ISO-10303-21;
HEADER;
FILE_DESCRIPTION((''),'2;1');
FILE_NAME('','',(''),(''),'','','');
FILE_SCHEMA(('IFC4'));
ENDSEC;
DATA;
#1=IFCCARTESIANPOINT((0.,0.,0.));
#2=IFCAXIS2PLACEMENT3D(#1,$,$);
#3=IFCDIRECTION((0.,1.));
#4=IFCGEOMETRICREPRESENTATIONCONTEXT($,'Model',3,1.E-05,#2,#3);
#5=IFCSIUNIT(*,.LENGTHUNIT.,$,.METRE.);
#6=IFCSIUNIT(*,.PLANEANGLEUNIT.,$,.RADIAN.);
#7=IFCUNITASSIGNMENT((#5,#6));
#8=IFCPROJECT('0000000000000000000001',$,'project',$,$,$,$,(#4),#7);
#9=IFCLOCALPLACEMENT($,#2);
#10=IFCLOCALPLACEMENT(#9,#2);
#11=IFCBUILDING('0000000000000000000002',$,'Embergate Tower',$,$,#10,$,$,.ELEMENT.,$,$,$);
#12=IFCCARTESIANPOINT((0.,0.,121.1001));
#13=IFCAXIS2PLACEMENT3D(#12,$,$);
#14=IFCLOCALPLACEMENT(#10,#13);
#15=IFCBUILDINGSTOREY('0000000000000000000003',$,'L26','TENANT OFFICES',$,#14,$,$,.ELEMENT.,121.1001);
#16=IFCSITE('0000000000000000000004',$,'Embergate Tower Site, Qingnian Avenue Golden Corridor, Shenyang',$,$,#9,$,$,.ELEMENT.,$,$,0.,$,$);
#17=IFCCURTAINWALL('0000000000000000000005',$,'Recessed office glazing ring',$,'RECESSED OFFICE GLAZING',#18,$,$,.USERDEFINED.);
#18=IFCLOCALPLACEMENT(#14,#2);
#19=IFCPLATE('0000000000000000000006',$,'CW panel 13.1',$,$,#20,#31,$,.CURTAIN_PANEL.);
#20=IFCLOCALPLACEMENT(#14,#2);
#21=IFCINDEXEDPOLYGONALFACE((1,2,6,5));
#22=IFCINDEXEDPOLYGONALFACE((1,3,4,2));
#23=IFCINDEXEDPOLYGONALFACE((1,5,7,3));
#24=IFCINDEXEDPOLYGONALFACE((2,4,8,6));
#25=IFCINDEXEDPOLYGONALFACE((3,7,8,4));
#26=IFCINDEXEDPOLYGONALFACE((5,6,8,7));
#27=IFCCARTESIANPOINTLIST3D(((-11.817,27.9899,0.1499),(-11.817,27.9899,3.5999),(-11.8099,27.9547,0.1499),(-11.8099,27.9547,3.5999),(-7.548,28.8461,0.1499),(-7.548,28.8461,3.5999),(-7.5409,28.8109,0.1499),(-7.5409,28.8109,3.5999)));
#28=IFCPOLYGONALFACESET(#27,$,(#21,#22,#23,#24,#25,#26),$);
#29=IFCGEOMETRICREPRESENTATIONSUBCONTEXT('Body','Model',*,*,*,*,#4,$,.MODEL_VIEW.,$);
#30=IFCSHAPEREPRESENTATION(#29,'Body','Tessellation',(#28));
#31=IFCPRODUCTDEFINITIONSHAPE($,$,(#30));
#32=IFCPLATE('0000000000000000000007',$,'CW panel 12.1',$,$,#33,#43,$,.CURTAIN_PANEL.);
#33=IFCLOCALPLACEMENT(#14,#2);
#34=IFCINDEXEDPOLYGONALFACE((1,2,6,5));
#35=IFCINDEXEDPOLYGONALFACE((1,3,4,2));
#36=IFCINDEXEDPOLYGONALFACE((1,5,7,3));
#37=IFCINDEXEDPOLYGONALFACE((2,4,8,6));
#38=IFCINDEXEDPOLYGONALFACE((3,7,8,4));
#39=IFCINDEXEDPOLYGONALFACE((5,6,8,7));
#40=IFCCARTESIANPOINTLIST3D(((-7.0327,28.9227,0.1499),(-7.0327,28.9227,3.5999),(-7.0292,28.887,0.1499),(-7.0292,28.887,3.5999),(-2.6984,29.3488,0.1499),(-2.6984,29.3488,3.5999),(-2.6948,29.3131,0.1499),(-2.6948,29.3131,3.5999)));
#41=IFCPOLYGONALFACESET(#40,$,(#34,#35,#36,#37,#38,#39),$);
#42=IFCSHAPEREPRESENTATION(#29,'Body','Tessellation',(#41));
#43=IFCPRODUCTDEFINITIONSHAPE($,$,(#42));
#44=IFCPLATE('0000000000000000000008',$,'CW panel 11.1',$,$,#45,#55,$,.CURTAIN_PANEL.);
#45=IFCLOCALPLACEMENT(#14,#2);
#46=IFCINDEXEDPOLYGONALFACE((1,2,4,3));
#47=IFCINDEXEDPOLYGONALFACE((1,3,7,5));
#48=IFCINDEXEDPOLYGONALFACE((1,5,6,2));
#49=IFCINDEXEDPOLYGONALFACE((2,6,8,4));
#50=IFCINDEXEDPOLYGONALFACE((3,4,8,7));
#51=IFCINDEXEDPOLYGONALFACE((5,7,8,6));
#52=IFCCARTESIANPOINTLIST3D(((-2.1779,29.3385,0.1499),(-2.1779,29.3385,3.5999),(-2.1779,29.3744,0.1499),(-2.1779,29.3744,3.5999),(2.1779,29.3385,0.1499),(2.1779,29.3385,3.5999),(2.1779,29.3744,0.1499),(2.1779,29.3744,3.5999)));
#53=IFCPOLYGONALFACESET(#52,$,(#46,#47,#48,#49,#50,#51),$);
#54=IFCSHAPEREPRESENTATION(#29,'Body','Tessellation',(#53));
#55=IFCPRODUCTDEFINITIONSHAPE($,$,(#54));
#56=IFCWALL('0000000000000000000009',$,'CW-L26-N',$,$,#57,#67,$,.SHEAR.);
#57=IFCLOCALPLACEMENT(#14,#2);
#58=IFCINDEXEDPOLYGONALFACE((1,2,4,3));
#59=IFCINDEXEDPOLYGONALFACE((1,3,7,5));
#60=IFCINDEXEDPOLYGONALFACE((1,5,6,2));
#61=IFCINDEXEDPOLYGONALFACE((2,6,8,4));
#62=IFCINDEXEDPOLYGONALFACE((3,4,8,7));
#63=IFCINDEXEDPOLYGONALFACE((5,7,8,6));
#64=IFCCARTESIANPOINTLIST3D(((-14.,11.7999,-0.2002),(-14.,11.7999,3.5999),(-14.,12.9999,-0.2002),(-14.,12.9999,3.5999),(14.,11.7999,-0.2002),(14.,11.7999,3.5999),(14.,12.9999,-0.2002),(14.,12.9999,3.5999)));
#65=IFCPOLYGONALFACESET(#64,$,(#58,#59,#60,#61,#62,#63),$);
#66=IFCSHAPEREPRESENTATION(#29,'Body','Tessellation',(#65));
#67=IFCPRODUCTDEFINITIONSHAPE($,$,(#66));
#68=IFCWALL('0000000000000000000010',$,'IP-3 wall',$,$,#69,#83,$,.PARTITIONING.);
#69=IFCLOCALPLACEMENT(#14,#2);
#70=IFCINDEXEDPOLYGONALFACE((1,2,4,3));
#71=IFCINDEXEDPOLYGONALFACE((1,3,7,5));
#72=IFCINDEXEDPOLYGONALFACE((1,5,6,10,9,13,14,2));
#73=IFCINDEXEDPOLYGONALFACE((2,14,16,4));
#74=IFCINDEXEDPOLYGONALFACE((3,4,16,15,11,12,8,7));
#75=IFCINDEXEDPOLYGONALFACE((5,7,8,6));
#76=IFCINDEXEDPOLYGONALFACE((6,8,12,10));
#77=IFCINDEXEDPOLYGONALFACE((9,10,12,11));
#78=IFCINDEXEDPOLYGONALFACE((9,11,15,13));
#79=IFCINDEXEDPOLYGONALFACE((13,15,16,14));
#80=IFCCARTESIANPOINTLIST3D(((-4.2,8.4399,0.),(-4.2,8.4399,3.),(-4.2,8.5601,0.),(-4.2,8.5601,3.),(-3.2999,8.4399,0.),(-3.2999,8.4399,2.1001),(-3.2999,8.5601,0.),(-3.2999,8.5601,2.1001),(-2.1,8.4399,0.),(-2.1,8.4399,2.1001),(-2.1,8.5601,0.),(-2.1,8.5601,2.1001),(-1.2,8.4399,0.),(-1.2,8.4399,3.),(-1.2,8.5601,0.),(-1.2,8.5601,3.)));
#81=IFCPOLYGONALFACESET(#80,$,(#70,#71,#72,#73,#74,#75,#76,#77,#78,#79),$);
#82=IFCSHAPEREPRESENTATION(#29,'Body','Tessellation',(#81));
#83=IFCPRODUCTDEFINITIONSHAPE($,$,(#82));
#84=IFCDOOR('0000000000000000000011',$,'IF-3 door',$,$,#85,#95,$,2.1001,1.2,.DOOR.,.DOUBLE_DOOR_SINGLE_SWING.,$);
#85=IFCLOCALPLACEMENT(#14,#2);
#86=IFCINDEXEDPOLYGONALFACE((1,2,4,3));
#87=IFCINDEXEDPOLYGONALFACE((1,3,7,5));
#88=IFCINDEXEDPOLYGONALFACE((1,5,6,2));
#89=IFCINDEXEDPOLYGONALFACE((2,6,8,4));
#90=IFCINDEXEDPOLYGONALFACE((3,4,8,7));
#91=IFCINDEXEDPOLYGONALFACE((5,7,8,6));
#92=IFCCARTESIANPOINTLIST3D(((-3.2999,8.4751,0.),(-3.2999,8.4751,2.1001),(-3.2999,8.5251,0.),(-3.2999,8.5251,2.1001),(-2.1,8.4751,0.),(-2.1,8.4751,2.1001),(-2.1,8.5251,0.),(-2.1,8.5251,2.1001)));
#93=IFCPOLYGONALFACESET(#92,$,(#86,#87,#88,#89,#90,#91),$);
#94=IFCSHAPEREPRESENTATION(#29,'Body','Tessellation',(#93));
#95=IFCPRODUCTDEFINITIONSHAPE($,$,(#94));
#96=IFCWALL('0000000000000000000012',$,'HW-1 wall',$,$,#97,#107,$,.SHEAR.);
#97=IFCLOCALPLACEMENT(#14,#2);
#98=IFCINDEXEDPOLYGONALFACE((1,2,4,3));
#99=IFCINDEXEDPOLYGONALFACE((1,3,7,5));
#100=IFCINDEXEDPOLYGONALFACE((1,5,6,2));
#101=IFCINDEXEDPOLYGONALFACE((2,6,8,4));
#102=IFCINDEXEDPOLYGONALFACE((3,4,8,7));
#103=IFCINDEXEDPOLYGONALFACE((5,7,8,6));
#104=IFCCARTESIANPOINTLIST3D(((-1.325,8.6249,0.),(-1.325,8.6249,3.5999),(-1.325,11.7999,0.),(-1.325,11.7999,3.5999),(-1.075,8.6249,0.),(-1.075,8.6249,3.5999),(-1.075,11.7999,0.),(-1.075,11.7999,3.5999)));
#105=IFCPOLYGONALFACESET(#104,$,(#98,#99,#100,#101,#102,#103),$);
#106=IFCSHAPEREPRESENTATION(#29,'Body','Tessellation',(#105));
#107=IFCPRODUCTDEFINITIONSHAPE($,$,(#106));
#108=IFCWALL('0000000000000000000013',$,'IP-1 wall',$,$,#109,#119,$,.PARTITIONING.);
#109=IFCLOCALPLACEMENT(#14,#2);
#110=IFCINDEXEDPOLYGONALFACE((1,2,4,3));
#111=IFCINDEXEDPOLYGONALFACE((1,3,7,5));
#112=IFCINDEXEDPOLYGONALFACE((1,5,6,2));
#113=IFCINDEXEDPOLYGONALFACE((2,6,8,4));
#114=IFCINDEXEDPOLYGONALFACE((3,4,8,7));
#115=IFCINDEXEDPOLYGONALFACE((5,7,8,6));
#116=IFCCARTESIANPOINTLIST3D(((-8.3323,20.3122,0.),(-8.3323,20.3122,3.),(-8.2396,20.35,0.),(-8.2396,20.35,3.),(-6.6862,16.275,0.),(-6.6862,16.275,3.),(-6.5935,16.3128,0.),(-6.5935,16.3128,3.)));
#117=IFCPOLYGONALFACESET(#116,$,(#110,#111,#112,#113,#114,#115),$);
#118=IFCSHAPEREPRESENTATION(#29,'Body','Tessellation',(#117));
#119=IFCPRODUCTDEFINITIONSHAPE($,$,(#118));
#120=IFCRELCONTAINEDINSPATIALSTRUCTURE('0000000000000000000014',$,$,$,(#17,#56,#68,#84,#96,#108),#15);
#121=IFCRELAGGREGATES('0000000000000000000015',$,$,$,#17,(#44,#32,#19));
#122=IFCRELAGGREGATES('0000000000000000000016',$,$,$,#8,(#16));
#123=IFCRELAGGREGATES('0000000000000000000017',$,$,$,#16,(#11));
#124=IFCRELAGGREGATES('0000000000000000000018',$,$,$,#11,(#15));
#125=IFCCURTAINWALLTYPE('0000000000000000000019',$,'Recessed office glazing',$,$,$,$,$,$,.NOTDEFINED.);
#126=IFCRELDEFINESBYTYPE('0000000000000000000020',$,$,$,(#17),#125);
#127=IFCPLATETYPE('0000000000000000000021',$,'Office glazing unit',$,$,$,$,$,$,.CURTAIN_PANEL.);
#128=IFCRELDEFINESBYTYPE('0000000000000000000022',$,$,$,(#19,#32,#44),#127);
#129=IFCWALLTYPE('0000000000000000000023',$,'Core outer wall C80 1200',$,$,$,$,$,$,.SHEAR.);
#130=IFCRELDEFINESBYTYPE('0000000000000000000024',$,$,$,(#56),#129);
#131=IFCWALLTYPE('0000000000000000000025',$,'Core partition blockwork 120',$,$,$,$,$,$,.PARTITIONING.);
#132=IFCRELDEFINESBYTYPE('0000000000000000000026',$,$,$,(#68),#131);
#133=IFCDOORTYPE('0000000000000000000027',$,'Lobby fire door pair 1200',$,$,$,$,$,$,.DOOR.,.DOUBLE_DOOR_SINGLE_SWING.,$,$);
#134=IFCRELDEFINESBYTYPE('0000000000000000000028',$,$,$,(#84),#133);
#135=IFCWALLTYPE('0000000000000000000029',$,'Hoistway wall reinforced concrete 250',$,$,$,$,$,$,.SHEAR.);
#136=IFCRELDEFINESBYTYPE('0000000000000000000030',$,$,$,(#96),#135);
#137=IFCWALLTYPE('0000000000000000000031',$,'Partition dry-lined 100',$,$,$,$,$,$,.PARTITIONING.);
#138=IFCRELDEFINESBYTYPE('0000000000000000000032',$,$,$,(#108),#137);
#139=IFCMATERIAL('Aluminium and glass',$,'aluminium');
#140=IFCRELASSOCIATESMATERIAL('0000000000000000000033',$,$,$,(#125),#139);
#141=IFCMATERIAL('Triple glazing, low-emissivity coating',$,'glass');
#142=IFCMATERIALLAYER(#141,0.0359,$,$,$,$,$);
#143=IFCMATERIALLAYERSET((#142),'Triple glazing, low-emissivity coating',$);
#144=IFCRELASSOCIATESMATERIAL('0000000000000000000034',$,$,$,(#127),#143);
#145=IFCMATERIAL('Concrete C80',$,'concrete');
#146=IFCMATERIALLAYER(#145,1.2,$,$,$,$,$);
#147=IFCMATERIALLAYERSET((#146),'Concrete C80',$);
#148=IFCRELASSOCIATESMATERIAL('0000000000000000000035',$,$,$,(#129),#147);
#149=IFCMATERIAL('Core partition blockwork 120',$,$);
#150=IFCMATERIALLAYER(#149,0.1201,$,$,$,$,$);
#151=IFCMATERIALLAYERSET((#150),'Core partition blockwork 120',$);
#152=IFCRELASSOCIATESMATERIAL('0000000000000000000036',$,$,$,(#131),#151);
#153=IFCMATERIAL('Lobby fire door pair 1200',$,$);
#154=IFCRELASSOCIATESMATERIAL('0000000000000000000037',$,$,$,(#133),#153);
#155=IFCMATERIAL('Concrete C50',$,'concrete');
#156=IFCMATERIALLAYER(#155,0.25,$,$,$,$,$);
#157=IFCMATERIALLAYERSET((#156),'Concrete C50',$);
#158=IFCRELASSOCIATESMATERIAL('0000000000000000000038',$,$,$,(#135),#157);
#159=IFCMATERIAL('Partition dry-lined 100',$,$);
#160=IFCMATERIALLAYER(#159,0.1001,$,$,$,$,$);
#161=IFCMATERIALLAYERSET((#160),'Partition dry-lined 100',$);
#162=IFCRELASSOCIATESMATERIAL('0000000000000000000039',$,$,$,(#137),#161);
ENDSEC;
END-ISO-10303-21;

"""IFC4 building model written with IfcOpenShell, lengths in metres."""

from ifc_helpers import new_model, si_unit, direction, frame, frame_2d, origin, origin_2d, place, context, subcontext, project, spatial, rectangle, extrude, source, transform, mapped, material, layer, layer_set, type_object, element, fill, aggregate, save


model = new_model("IFC4")

# Units and contexts
model_context = context("Model", 3, precision=1e-05, world=origin(), true_north=direction((0.0, 1.0)))
body_context = subcontext(model_context, "Body", "Model", "MODEL_VIEW")
ifc_project = project(units=[si_unit("LENGTHUNIT", "METRE"), si_unit("PLANEANGLEUNIT", "RADIAN")], contexts=[model_context])

# Site, building, storey
site_placement = place(None, origin())
site = spatial("IfcSite", under=ifc_project, at=site_placement, Name="Embergate Tower Site, Qingnian Avenue Golden Corridor, Shenyang", CompositionType="ELEMENT", RefElevation=0.0)
building_placement = place(site_placement, origin())
building = spatial("IfcBuilding", under=site, at=building_placement, Name="Embergate Tower", CompositionType="ELEMENT")
storey_placement = place(building_placement, frame((0.0, 0.0, 121.1001)))
storey = spatial("IfcBuildingStorey", under=building, at=storey_placement, Name="L26", Description="TENANT OFFICES", CompositionType="ELEMENT", Elevation=121.1001)

# Curtain wall, plates
ifc_material_1 = material(Name="Aluminium and glass", Category="aluminium")
curtain_wall_type = type_object("IfcCurtainWallType", Name="Recessed office glazing", PredefinedType="NOTDEFINED", material=ifc_material_1)
curtain_wall_placement = place(storey_placement, origin())
curtain_wall = element("IfcCurtainWall", 1, at=curtain_wall_placement, inside=storey, type_object=curtain_wall_type, Name="Recessed office glazing ring", ObjectType="RECESSED OFFICE GLAZING", PredefinedType="USERDEFINED")
ifc_material_2 = material(Name="Triple glazing, low-emissivity coating", Category="glass")
ifc_layer_1 = layer(ifc_material_2, 0.0359)
ifc_layer_set_1 = layer_set([ifc_layer_1], Name="Triple glazing, low-emissivity coating")
plate_type = type_object("IfcPlateType", Name="Office glazing unit", PredefinedType="CURTAIN_PANEL", material=ifc_layer_set_1)
shared_shape_1 = source(origin(), body_context, "Body", "SweptSolid", [
    extrude(rectangle(XDim=4.354, YDim=0.0359, at=origin_2d()), origin(), (0.0, 0.0, 1.0), 3.45),
])
plate_1_placement = place(storey_placement, frame((-9.679, 28.4004, 0.1499), z_axis=(0.0, 0.0, 1.0), x_axis=(-0.980476, -0.196639, 0.0)))
plate_1 = element("IfcPlate", 2, at=plate_1_placement, type_object=plate_type, Name="CW panel 13.1", PredefinedType="CURTAIN_PANEL", context=body_context, shape_type="MappedRepresentation", body=[
    mapped(shared_shape_1, transform((0.0, 0.0, 0.0))),
])
shared_shape_2 = source(origin(), body_context, "Body", "SweptSolid", [
    extrude(rectangle(XDim=4.3552, YDim=0.0359, at=origin_2d()), origin(), (0.0, 0.0, 1.0), 3.45),
])
plate_2_placement = place(storey_placement, frame((-4.8638, 29.1179, 0.1499), z_axis=(0.0, 0.0, 1.0), x_axis=(-0.995203, -0.09783, 0.0)))
plate_2 = element("IfcPlate", 3, at=plate_2_placement, type_object=plate_type, Name="CW panel 12.1", PredefinedType="CURTAIN_PANEL", context=body_context, shape_type="MappedRepresentation", body=[
    mapped(shared_shape_2, transform((0.0, 0.0, 0.0))),
])
shared_shape_3 = source(origin(), body_context, "Body", "SweptSolid", [
    extrude(rectangle(XDim=4.3557, YDim=0.0359, at=origin_2d()), origin(), (0.0, 0.0, 1.0), 3.45),
])
plate_3_placement = place(storey_placement, frame((0.0, 29.3564, 0.1499), z_axis=(0.0, 0.0, 1.0), x_axis=(-1.0, 0.0, 0.0)))
plate_3 = element("IfcPlate", 4, at=plate_3_placement, type_object=plate_type, Name="CW panel 11.1", PredefinedType="CURTAIN_PANEL", context=body_context, shape_type="MappedRepresentation", body=[
    mapped(shared_shape_3, transform((0.0, 0.0, 0.0))),
])
aggregate(curtain_wall, [plate_3, plate_2, plate_1])

# Wall
ifc_material_3 = material(Name="Concrete C80", Category="concrete")
ifc_layer_2 = layer(ifc_material_3, 1.2)
ifc_layer_set_2 = layer_set([ifc_layer_2], Name="Concrete C80")
wall_type_1 = type_object("IfcWallType", Name="Core outer wall C80 1200", PredefinedType="SHEAR", material=ifc_layer_set_2)
shared_shape_4 = source(origin(), body_context, "Body", "SweptSolid", [
    extrude(rectangle(XDim=28.0, YDim=1.2, at=frame_2d((14.0, 0.0))), origin(), (0.0, 0.0, 1.0), 3.8),
])
wall_1_placement = place(storey_placement, frame((-14.0, 12.3999, -0.2002), z_axis=(0.0, 0.0, 1.0), x_axis=(1.0, 0.0, 0.0)))
element("IfcWall", 5, at=wall_1_placement, inside=storey, type_object=wall_type_1, Name="CW-L26-N", PredefinedType="SHEAR", context=body_context, shape_type="MappedRepresentation", body=[
    mapped(shared_shape_4, transform((0.0, 0.0, 0.0))),
])

# Wall, opening, door
ifc_material_4 = material(Name="Core partition blockwork 120")
ifc_layer_3 = layer(ifc_material_4, 0.1201)
ifc_layer_set_3 = layer_set([ifc_layer_3], Name="Core partition blockwork 120")
wall_type_2 = type_object("IfcWallType", Name="Core partition blockwork 120", PredefinedType="PARTITIONING", material=ifc_layer_set_3)
shared_shape_5 = source(origin(), body_context, "Body", "SweptSolid", [
    extrude(rectangle(XDim=3.0, YDim=0.1201, at=frame_2d((1.5, 0.0))), origin(), (0.0, 0.0, 1.0), 3.0),
])
wall_2_placement = place(storey_placement, frame((-1.2, 8.5, 0.0), z_axis=(0.0, 0.0, 1.0), x_axis=(-1.0, 0.0, 0.0)))
wall_2 = element("IfcWall", 6, at=wall_2_placement, inside=storey, type_object=wall_type_2, Name="IP-3 wall", PredefinedType="PARTITIONING", context=body_context, shape_type="MappedRepresentation", body=[
    mapped(shared_shape_5, transform((0.0, 0.0, 0.0))),
])
shared_shape_6 = source(origin(), body_context, "Body", "SweptSolid", [
    extrude(rectangle(XDim=1.2, YDim=2.1001, at=frame_2d((0.6001, 1.05))), frame((0.0, 0.0701, 0.0), z_axis=(0.0, -1.0, 0.0), x_axis=(1.0, 0.0, 0.0)), (0.0, 0.0, 1.0), 0.1401),
])
opening_placement = place(wall_2_placement, frame((0.8999, 0.0, 0.0)))
opening = element("IfcOpeningElement", 7, at=opening_placement, cuts=wall_2, PredefinedType="OPENING", context=body_context, shape_type="MappedRepresentation", body=[
    mapped(shared_shape_6, transform((0.0, 0.0, 0.0))),
])
ifc_material_5 = material(Name="Lobby fire door pair 1200")
door_type = type_object("IfcDoorType", Name="Lobby fire door pair 1200", OperationType="DOUBLE_DOOR_SINGLE_SWING", PredefinedType="DOOR", material=ifc_material_5)
shared_shape_7 = source(origin(), body_context, "Body", "SweptSolid", [
    extrude(rectangle(XDim=1.2, YDim=2.1001, at=frame_2d((0.6001, 1.05))), frame((0.0, 0.0249, 0.0), z_axis=(0.0, -1.0, 0.0), x_axis=(1.0, 0.0, 0.0)), (0.0, 0.0, 1.0), 0.05),
])
door_placement = place(opening_placement, origin())
door = element("IfcDoor", 8, at=door_placement, inside=storey, type_object=door_type, Name="IF-3 door", OperationType="DOUBLE_DOOR_SINGLE_SWING", OverallHeight=2.1001, OverallWidth=1.2, PredefinedType="DOOR", context=body_context, shape_type="MappedRepresentation", body=[
    mapped(shared_shape_7, transform((0.0, 0.0, 0.0))),
])
fill(opening, door)

# Walls
ifc_material_6 = material(Name="Concrete C50", Category="concrete")
ifc_layer_4 = layer(ifc_material_6, 0.25)
ifc_layer_set_4 = layer_set([ifc_layer_4], Name="Concrete C50")
wall_type_3 = type_object("IfcWallType", Name="Hoistway wall reinforced concrete 250", PredefinedType="SHEAR", material=ifc_layer_set_4)
shared_shape_8 = source(origin(), body_context, "Body", "SweptSolid", [
    extrude(rectangle(XDim=3.175, YDim=0.25, at=frame_2d((1.5874, 0.0))), origin(), (0.0, 0.0, 1.0), 3.5999),
])
wall_3_placement = place(storey_placement, frame((-1.2, 8.625, 0.0), z_axis=(0.0, 0.0, 1.0), x_axis=(0.0, 1.0, 0.0)))
element("IfcWall", 9, at=wall_3_placement, inside=storey, type_object=wall_type_3, Name="HW-1 wall", PredefinedType="SHEAR", context=body_context, shape_type="MappedRepresentation", body=[
    mapped(shared_shape_8, transform((0.0, 0.0, 0.0))),
])
ifc_material_7 = material(Name="Partition dry-lined 100")
ifc_layer_5 = layer(ifc_material_7, 0.1001)
ifc_layer_set_5 = layer_set([ifc_layer_5], Name="Partition dry-lined 100")
wall_type_4 = type_object("IfcWallType", Name="Partition dry-lined 100", PredefinedType="PARTITIONING", material=ifc_layer_set_5)
shared_shape_9 = source(origin(), body_context, "Body", "SweptSolid", [
    extrude(rectangle(XDim=4.3599, YDim=0.1001, at=frame_2d((2.1799, 0.0))), origin(), (0.0, 0.0, 1.0), 3.0),
])
wall_4_placement = place(storey_placement, frame((-6.6399, 16.2939, 0.0), z_axis=(0.0, 0.0, 1.0), x_axis=(-0.377542, 0.925992, 0.0)))
element("IfcWall", 10, at=wall_4_placement, inside=storey, type_object=wall_type_4, Name="IP-1 wall", PredefinedType="PARTITIONING", context=body_context, shape_type="MappedRepresentation", body=[
    mapped(shared_shape_9, transform((0.0, 0.0, 0.0))),
])

save(model, "model.ifc")
